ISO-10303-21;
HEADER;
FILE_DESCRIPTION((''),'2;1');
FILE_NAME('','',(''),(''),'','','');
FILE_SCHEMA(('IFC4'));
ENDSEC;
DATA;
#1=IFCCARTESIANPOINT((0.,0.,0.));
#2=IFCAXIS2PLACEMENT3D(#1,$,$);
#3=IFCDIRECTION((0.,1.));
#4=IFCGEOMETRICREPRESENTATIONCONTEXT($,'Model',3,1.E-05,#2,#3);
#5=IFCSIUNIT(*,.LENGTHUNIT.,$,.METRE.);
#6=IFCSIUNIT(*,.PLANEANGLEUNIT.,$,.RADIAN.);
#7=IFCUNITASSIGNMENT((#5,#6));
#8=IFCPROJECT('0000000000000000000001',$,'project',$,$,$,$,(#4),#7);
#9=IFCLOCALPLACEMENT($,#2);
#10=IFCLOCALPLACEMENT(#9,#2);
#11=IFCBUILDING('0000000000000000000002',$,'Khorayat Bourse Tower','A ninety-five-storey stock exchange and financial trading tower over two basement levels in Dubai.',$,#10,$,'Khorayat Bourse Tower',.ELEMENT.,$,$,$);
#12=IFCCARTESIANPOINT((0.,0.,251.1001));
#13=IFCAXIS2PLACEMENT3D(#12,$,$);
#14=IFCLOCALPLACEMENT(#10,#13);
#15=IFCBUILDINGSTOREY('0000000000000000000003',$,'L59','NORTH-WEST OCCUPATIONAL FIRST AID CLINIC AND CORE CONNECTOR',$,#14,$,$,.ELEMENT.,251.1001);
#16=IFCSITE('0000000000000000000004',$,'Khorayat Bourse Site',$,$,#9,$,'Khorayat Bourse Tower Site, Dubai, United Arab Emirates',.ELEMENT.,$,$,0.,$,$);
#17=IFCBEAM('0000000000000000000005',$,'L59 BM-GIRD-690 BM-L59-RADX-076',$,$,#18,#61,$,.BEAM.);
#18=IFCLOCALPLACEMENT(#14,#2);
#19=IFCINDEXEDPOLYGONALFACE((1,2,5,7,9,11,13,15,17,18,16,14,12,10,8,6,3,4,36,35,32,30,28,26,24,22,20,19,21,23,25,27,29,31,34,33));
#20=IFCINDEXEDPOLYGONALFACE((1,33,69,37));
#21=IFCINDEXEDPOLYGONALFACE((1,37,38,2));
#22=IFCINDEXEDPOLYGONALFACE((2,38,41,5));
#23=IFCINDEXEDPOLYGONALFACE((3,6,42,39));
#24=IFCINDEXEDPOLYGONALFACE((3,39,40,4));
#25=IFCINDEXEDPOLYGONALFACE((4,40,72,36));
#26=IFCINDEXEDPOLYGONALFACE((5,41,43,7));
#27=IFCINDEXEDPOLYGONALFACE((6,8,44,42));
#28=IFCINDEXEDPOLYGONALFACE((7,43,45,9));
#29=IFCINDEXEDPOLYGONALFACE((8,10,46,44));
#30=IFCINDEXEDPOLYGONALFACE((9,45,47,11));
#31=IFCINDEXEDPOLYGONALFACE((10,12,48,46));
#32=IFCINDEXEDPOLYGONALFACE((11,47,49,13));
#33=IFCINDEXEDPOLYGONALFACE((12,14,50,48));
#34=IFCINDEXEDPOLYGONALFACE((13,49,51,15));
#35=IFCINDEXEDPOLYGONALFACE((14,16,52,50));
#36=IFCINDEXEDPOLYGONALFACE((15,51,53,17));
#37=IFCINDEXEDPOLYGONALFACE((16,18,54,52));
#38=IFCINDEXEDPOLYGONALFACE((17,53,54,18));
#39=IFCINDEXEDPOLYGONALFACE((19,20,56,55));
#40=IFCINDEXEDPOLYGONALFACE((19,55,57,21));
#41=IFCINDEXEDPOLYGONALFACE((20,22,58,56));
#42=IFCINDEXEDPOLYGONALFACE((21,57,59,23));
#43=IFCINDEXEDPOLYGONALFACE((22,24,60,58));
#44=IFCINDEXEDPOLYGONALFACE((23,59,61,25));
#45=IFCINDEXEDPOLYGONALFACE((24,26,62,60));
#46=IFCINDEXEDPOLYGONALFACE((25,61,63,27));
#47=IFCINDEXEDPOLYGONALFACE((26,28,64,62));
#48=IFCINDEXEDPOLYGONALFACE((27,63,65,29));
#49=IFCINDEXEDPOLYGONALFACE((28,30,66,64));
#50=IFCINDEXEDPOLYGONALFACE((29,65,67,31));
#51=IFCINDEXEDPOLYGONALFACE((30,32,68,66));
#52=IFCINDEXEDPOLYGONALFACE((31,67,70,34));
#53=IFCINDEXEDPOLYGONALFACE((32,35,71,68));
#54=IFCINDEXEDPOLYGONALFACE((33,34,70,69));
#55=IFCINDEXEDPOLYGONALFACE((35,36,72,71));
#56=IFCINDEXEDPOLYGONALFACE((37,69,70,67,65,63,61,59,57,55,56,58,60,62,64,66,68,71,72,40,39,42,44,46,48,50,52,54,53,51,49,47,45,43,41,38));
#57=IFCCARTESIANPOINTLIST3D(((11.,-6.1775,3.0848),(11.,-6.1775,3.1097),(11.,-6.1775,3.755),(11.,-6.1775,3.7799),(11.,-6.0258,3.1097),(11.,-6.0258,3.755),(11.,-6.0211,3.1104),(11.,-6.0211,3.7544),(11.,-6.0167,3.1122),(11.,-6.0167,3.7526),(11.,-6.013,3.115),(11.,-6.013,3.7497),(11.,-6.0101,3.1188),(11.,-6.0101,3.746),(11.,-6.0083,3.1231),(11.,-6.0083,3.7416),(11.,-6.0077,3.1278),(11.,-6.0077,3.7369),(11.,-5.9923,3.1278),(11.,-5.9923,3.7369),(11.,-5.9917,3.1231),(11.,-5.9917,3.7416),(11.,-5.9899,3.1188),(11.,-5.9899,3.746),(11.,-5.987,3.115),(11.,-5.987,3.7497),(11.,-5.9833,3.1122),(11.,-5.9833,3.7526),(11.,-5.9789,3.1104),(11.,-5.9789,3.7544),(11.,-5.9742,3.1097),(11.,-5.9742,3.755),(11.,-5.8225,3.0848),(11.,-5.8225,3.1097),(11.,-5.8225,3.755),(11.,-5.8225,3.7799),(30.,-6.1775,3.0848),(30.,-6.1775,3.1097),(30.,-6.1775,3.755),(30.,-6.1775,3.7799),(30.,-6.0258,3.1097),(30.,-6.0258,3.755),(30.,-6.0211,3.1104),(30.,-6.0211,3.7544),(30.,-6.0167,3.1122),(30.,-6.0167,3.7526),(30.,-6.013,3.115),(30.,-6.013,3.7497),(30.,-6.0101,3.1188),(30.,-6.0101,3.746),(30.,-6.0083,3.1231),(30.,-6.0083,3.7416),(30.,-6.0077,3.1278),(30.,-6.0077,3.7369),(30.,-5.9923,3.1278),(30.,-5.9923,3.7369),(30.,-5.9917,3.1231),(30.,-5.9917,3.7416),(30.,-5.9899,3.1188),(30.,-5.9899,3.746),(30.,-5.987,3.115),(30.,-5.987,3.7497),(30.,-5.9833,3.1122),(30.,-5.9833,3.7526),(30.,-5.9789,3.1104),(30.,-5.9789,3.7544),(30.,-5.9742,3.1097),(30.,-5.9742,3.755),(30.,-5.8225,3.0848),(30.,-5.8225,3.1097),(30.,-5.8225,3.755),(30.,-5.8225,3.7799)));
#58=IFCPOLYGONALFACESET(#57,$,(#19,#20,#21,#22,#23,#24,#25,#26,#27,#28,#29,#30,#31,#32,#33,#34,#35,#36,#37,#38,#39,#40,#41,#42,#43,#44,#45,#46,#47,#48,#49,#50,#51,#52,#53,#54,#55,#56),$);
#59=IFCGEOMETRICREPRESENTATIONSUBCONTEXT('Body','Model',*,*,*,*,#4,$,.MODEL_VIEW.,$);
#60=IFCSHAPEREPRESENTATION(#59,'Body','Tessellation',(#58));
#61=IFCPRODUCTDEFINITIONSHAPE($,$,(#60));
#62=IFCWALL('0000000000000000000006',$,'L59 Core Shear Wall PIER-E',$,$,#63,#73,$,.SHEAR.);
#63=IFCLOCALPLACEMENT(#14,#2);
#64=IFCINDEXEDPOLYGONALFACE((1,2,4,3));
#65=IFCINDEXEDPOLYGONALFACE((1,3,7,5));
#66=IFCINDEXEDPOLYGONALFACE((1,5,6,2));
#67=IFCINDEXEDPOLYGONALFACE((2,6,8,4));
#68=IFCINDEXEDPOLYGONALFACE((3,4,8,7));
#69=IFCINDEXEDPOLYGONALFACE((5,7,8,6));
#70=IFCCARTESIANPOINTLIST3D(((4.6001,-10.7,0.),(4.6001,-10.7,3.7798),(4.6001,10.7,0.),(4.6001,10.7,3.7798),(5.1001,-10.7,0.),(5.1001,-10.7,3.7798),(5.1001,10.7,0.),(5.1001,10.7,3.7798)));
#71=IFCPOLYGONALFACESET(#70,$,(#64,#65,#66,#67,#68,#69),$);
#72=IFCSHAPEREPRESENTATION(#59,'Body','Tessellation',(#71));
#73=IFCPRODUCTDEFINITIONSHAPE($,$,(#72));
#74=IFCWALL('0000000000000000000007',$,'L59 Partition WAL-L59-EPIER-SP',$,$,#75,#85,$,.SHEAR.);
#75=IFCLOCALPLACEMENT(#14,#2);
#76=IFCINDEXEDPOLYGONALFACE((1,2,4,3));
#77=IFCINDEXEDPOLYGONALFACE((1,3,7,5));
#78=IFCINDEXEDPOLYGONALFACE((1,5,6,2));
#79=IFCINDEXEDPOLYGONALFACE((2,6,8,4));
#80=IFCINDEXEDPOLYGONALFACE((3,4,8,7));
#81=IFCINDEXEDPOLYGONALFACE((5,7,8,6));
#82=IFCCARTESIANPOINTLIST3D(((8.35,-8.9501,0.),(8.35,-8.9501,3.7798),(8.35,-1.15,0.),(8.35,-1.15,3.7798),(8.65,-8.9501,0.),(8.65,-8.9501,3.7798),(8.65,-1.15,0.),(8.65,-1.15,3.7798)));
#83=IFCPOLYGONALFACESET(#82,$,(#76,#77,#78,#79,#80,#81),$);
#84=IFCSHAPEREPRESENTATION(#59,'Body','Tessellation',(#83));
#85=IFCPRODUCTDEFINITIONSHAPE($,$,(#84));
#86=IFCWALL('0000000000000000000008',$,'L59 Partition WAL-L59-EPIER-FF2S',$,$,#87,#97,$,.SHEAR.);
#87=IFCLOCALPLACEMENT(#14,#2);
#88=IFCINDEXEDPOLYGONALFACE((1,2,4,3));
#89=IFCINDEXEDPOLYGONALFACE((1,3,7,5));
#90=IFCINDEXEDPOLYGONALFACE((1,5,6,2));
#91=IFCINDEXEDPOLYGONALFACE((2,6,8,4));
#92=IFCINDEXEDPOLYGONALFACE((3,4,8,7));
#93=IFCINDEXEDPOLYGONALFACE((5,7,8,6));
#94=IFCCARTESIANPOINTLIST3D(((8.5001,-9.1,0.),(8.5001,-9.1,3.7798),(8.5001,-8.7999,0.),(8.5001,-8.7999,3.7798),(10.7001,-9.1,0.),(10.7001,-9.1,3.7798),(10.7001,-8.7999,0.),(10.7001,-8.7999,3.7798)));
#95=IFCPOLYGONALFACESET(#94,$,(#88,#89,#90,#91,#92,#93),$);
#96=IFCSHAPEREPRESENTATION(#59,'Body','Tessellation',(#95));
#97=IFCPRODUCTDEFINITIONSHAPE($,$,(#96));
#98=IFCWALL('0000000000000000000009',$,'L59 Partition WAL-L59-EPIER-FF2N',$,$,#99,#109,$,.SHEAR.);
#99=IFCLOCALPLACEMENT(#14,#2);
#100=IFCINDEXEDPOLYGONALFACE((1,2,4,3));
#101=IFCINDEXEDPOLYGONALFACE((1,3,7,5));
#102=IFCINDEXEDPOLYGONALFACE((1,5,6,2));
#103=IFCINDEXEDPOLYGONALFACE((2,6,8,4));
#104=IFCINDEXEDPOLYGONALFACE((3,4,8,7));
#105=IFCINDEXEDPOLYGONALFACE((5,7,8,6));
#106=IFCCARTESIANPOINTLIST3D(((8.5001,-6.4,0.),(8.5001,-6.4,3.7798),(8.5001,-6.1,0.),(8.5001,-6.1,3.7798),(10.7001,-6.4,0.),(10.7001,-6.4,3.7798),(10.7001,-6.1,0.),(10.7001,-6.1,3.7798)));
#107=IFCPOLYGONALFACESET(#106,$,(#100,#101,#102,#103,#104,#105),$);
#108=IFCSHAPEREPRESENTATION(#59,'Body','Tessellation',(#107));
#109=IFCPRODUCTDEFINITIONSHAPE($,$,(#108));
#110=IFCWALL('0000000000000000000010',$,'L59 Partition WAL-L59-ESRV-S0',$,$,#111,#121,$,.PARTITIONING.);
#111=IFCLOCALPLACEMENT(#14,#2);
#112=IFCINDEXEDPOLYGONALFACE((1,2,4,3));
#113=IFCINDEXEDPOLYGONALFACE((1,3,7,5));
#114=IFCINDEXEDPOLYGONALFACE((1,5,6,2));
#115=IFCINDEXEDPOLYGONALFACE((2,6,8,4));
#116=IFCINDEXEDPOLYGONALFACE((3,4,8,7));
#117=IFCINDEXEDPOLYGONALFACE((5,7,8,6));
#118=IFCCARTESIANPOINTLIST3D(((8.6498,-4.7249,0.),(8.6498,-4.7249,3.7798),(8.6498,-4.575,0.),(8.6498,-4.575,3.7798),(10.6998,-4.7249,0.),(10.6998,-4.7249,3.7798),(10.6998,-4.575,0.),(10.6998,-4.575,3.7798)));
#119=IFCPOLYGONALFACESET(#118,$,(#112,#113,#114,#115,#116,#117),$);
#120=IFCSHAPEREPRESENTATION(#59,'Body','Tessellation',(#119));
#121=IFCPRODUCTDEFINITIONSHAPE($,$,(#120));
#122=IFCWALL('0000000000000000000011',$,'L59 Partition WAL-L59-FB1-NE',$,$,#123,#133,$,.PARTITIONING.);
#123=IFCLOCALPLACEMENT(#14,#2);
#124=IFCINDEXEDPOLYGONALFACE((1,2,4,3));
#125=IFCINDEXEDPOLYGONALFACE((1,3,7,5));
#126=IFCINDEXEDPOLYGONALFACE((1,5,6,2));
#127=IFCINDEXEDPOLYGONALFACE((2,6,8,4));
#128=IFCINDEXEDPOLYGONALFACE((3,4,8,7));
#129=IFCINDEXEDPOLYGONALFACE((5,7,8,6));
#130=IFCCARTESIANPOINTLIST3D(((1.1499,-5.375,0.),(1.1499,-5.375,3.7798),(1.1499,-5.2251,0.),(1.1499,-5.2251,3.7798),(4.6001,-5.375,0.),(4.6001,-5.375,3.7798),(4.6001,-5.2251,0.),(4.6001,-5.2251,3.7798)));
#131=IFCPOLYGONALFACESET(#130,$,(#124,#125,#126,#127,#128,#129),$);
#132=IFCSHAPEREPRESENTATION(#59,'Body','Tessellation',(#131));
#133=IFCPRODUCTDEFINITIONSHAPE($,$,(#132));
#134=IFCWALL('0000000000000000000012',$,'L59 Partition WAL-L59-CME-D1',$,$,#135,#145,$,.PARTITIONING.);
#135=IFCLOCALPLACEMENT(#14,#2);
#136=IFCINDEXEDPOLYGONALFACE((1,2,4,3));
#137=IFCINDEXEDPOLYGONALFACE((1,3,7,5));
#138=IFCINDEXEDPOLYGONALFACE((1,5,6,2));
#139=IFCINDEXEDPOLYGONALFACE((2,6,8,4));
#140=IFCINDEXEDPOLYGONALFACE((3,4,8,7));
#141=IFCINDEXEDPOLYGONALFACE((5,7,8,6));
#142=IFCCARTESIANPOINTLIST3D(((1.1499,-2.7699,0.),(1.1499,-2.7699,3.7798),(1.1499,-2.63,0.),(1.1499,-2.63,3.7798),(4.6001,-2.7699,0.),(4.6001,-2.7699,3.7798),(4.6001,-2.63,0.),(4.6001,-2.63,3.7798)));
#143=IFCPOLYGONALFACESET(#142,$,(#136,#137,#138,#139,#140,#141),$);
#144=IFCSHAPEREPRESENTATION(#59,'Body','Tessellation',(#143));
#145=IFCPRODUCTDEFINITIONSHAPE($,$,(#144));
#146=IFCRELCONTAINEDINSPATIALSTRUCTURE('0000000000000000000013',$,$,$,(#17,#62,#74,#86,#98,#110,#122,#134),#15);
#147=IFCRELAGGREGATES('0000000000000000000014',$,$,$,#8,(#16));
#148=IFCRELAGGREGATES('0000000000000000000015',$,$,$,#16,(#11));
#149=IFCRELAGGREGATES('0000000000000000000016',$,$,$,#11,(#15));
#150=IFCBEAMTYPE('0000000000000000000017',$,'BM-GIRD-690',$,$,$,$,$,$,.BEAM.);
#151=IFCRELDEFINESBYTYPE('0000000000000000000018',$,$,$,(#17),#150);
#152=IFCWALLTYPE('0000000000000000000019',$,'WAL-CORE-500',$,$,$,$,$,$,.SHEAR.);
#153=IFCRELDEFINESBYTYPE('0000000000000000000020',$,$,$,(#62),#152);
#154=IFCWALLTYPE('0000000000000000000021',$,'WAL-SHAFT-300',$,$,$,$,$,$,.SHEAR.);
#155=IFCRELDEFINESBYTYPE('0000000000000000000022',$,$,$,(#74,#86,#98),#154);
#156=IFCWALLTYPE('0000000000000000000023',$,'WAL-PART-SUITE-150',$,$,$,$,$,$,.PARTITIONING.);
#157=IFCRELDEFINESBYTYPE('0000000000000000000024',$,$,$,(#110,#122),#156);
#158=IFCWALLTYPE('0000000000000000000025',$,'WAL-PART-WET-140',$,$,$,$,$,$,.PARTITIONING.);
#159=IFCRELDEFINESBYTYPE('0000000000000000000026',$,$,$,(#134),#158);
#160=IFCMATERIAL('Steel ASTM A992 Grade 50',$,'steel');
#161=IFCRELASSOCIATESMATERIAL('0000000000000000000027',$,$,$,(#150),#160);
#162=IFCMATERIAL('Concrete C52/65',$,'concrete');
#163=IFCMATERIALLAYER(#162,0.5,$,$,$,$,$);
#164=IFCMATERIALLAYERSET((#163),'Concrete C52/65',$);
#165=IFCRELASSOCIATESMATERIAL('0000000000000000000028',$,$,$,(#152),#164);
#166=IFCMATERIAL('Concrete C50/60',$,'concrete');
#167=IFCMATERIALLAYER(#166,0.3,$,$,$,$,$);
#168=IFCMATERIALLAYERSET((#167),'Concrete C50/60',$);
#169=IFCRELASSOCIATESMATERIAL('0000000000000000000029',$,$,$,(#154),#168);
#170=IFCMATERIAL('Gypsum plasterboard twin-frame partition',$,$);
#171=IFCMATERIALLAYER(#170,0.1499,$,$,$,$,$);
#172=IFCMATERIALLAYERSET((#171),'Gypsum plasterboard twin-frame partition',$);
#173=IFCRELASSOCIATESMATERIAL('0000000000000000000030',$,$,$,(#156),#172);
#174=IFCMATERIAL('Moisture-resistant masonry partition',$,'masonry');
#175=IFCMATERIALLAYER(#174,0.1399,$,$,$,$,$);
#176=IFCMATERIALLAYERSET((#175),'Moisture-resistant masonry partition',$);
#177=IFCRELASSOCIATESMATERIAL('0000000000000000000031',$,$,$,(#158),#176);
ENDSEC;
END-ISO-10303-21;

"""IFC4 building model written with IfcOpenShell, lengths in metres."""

from ifc_helpers import new_model, si_unit, direction, frame, frame_2d, origin, origin_2d, place, context, subcontext, project, spatial, rectangle, i_section, extrude, source, transform, mapped, material, layer, layer_set, material_profile, profile_set, type_object, element, save


model = new_model("IFC4")

# Units and contexts
model_context = context("Model", 3, precision=1e-05, world=origin(), true_north=direction((0.0, 1.0)))
body_context = subcontext(model_context, "Body", "Model", "MODEL_VIEW")
ifc_project = project(units=[si_unit("LENGTHUNIT", "METRE"), si_unit("PLANEANGLEUNIT", "RADIAN")], contexts=[model_context])

# Site, building, storey
site_placement = place(None, origin())
site = spatial("IfcSite", under=ifc_project, at=site_placement, Name="Khorayat Bourse Site", LongName="Khorayat Bourse Tower Site, Dubai, United Arab Emirates", CompositionType="ELEMENT", RefElevation=0.0)
building_placement = place(site_placement, origin())
building = spatial("IfcBuilding", under=site, at=building_placement, Name="Khorayat Bourse Tower", Description="A ninety-five-storey stock exchange and financial trading tower over two basement levels in Dubai.", LongName="Khorayat Bourse Tower", CompositionType="ELEMENT")
storey_placement = place(building_placement, frame((0.0, 0.0, 251.1001)))
storey = spatial("IfcBuildingStorey", under=building, at=storey_placement, Name="L59", Description="NORTH-WEST OCCUPATIONAL FIRST AID CLINIC AND CORE CONNECTOR", CompositionType="ELEMENT", Elevation=251.1001)

# Beam
ifc_material_1 = material(Name="Steel ASTM A992 Grade 50", Category="steel")
ifc_material_profile_1 = material_profile(ifc_material_1, i_section(OverallWidth=0.355, OverallDepth=0.6951, WebThickness=0.0154, FlangeThickness=0.0249, FilletRadius=0.0181, at=origin_2d()), Name="W690X217")
ifc_profile_set_1 = profile_set([ifc_material_profile_1], Name="Steel ASTM A992 Grade 50")
beam_type_1 = type_object("IfcBeamType", Name="BM-GIRD-690", PredefinedType="BEAM", material=ifc_profile_set_1)
shared_shape_1 = source(origin(), body_context, "Body", "SweptSolid", [
    extrude(i_section(OverallWidth=0.355, OverallDepth=0.6951, WebThickness=0.0154, FlangeThickness=0.0249, FilletRadius=0.0181, at=origin_2d()), origin(), (0.0, 0.0, 1.0), 19.0),
])
for number, where, z_axis, x_axis, name in (
    (1, (11.0, -6.0, 3.4324), (1.0, 0.0, 0.0), (0.0, 1.0, 0.0), "L59 BM-GIRD-690 BM-L59-RADX-076"),
):
    element("IfcBeam", number, at=place(storey_placement, frame(where, z_axis=z_axis, x_axis=x_axis)), inside=storey, type_object=beam_type_1, Name=name, PredefinedType="BEAM", context=body_context, shape_type="MappedRepresentation", body=[
        mapped(shared_shape_1, transform((0.0, 0.0, 0.0), scale=1.0)),
    ])

# Walls
ifc_material_2 = material(Name="Concrete C52/65", Category="concrete")
ifc_layer_1 = layer(ifc_material_2, 0.5)
ifc_layer_set_1 = layer_set([ifc_layer_1], Name="Concrete C52/65")
wall_type_1 = type_object("IfcWallType", Name="WAL-CORE-500", PredefinedType="SHEAR", material=ifc_layer_set_1)
shared_shape_2 = source(origin(), body_context, "Body", "SweptSolid", [
    extrude(rectangle(XDim=21.3999, YDim=0.5, at=frame_2d((10.7, 0.0))), origin(), (0.0, 0.0, 1.0), 3.7798),
])
wall_1_placement = place(storey_placement, frame((4.8501, -10.7, 0.0), z_axis=(0.0, 0.0, 1.0), x_axis=(0.0, 1.0, 0.0)))
element("IfcWall", 2, at=wall_1_placement, inside=storey, type_object=wall_type_1, Name="L59 Core Shear Wall PIER-E", PredefinedType="SHEAR", context=body_context, shape_type="MappedRepresentation", body=[
    mapped(shared_shape_2, transform((0.0, 0.0, 0.0), scale=1.0)),
])
ifc_material_3 = material(Name="Concrete C50/60", Category="concrete")
ifc_layer_2 = layer(ifc_material_3, 0.3)
ifc_layer_set_2 = layer_set([ifc_layer_2], Name="Concrete C50/60")
wall_type_2 = type_object("IfcWallType", Name="WAL-SHAFT-300", PredefinedType="SHEAR", material=ifc_layer_set_2)
shared_shape_3 = source(origin(), body_context, "Body", "SweptSolid", [
    extrude(rectangle(XDim=7.8, YDim=0.3, at=frame_2d((3.8999, 0.0))), origin(), (0.0, 0.0, 1.0), 3.7798),
])
wall_2_placement = place(storey_placement, frame((8.5, -8.95, 0.0), z_axis=(0.0, 0.0, 1.0), x_axis=(0.0, 1.0, 0.0)))
element("IfcWall", 3, at=wall_2_placement, inside=storey, type_object=wall_type_2, Name="L59 Partition WAL-L59-EPIER-SP", PredefinedType="SHEAR", context=body_context, shape_type="MappedRepresentation", body=[
    mapped(shared_shape_3, transform((0.0, 0.0, 0.0), scale=1.0)),
])
shared_shape_4 = source(origin(), body_context, "Body", "SweptSolid", [
    extrude(rectangle(XDim=2.2, YDim=0.3, at=frame_2d((1.1001, 0.0))), origin(), (0.0, 0.0, 1.0), 3.7798),
])
for number, where, z_axis, x_axis, name in (
    (4, (8.5, -8.95, 0.0), (0.0, 0.0, 1.0), (1.0, 0.0, 0.0), "L59 Partition WAL-L59-EPIER-FF2S"),
    (5, (8.5, -6.25, 0.0), (0.0, 0.0, 1.0), (1.0, 0.0, 0.0), "L59 Partition WAL-L59-EPIER-FF2N"),
):
    element("IfcWall", number, at=place(storey_placement, frame(where, z_axis=z_axis, x_axis=x_axis)), inside=storey, type_object=wall_type_2, Name=name, PredefinedType="SHEAR", context=body_context, shape_type="MappedRepresentation", body=[
        mapped(shared_shape_4, transform((0.0, 0.0, 0.0), scale=1.0)),
    ])
ifc_material_4 = material(Name="Gypsum plasterboard twin-frame partition")
ifc_layer_3 = layer(ifc_material_4, 0.1499)
ifc_layer_set_3 = layer_set([ifc_layer_3], Name="Gypsum plasterboard twin-frame partition")
wall_type_3 = type_object("IfcWallType", Name="WAL-PART-SUITE-150", PredefinedType="PARTITIONING", material=ifc_layer_set_3)
shared_shape_5 = source(origin(), body_context, "Body", "SweptSolid", [
    extrude(rectangle(XDim=2.05, YDim=0.1499, at=frame_2d((1.0249, 0.0))), origin(), (0.0, 0.0, 1.0), 3.7798),
])
wall_3_placement = place(storey_placement, frame((8.6499, -4.6499, 0.0), z_axis=(0.0, 0.0, 1.0), x_axis=(1.0, 0.0, 0.0)))
element("IfcWall", 6, at=wall_3_placement, inside=storey, type_object=wall_type_3, Name="L59 Partition WAL-L59-ESRV-S0", PredefinedType="PARTITIONING", context=body_context, shape_type="MappedRepresentation", body=[
    mapped(shared_shape_5, transform((0.0, 0.0, 0.0), scale=1.0)),
])
shared_shape_6 = source(origin(), body_context, "Body", "SweptSolid", [
    extrude(rectangle(XDim=3.4502, YDim=0.1499, at=frame_2d((1.7251, 0.0))), origin(), (0.0, 0.0, 1.0), 3.7798),
])
wall_4_placement = place(storey_placement, frame((1.1499, -5.3, 0.0), z_axis=(0.0, 0.0, 1.0), x_axis=(1.0, 0.0, 0.0)))
element("IfcWall", 7, at=wall_4_placement, inside=storey, type_object=wall_type_3, Name="L59 Partition WAL-L59-FB1-NE", PredefinedType="PARTITIONING", context=body_context, shape_type="MappedRepresentation", body=[
    mapped(shared_shape_6, transform((0.0, 0.0, 0.0), scale=1.0)),
])
ifc_material_5 = material(Name="Moisture-resistant masonry partition", Category="masonry")
ifc_layer_4 = layer(ifc_material_5, 0.1399)
ifc_layer_set_4 = layer_set([ifc_layer_4], Name="Moisture-resistant masonry partition")
wall_type_4 = type_object("IfcWallType", Name="WAL-PART-WET-140", PredefinedType="PARTITIONING", material=ifc_layer_set_4)
shared_shape_7 = source(origin(), body_context, "Body", "SweptSolid", [
    extrude(rectangle(XDim=3.4502, YDim=0.1399, at=frame_2d((1.7251, 0.0))), origin(), (0.0, 0.0, 1.0), 3.7798),
])
wall_5_placement = place(storey_placement, frame((1.1499, -2.7, 0.0), z_axis=(0.0, 0.0, 1.0), x_axis=(1.0, 0.0, 0.0)))
element("IfcWall", 8, at=wall_5_placement, inside=storey, type_object=wall_type_4, Name="L59 Partition WAL-L59-CME-D1", PredefinedType="PARTITIONING", context=body_context, shape_type="MappedRepresentation", body=[
    mapped(shared_shape_7, transform((0.0, 0.0, 0.0), scale=1.0)),
])

save(model, "model.ifc")
